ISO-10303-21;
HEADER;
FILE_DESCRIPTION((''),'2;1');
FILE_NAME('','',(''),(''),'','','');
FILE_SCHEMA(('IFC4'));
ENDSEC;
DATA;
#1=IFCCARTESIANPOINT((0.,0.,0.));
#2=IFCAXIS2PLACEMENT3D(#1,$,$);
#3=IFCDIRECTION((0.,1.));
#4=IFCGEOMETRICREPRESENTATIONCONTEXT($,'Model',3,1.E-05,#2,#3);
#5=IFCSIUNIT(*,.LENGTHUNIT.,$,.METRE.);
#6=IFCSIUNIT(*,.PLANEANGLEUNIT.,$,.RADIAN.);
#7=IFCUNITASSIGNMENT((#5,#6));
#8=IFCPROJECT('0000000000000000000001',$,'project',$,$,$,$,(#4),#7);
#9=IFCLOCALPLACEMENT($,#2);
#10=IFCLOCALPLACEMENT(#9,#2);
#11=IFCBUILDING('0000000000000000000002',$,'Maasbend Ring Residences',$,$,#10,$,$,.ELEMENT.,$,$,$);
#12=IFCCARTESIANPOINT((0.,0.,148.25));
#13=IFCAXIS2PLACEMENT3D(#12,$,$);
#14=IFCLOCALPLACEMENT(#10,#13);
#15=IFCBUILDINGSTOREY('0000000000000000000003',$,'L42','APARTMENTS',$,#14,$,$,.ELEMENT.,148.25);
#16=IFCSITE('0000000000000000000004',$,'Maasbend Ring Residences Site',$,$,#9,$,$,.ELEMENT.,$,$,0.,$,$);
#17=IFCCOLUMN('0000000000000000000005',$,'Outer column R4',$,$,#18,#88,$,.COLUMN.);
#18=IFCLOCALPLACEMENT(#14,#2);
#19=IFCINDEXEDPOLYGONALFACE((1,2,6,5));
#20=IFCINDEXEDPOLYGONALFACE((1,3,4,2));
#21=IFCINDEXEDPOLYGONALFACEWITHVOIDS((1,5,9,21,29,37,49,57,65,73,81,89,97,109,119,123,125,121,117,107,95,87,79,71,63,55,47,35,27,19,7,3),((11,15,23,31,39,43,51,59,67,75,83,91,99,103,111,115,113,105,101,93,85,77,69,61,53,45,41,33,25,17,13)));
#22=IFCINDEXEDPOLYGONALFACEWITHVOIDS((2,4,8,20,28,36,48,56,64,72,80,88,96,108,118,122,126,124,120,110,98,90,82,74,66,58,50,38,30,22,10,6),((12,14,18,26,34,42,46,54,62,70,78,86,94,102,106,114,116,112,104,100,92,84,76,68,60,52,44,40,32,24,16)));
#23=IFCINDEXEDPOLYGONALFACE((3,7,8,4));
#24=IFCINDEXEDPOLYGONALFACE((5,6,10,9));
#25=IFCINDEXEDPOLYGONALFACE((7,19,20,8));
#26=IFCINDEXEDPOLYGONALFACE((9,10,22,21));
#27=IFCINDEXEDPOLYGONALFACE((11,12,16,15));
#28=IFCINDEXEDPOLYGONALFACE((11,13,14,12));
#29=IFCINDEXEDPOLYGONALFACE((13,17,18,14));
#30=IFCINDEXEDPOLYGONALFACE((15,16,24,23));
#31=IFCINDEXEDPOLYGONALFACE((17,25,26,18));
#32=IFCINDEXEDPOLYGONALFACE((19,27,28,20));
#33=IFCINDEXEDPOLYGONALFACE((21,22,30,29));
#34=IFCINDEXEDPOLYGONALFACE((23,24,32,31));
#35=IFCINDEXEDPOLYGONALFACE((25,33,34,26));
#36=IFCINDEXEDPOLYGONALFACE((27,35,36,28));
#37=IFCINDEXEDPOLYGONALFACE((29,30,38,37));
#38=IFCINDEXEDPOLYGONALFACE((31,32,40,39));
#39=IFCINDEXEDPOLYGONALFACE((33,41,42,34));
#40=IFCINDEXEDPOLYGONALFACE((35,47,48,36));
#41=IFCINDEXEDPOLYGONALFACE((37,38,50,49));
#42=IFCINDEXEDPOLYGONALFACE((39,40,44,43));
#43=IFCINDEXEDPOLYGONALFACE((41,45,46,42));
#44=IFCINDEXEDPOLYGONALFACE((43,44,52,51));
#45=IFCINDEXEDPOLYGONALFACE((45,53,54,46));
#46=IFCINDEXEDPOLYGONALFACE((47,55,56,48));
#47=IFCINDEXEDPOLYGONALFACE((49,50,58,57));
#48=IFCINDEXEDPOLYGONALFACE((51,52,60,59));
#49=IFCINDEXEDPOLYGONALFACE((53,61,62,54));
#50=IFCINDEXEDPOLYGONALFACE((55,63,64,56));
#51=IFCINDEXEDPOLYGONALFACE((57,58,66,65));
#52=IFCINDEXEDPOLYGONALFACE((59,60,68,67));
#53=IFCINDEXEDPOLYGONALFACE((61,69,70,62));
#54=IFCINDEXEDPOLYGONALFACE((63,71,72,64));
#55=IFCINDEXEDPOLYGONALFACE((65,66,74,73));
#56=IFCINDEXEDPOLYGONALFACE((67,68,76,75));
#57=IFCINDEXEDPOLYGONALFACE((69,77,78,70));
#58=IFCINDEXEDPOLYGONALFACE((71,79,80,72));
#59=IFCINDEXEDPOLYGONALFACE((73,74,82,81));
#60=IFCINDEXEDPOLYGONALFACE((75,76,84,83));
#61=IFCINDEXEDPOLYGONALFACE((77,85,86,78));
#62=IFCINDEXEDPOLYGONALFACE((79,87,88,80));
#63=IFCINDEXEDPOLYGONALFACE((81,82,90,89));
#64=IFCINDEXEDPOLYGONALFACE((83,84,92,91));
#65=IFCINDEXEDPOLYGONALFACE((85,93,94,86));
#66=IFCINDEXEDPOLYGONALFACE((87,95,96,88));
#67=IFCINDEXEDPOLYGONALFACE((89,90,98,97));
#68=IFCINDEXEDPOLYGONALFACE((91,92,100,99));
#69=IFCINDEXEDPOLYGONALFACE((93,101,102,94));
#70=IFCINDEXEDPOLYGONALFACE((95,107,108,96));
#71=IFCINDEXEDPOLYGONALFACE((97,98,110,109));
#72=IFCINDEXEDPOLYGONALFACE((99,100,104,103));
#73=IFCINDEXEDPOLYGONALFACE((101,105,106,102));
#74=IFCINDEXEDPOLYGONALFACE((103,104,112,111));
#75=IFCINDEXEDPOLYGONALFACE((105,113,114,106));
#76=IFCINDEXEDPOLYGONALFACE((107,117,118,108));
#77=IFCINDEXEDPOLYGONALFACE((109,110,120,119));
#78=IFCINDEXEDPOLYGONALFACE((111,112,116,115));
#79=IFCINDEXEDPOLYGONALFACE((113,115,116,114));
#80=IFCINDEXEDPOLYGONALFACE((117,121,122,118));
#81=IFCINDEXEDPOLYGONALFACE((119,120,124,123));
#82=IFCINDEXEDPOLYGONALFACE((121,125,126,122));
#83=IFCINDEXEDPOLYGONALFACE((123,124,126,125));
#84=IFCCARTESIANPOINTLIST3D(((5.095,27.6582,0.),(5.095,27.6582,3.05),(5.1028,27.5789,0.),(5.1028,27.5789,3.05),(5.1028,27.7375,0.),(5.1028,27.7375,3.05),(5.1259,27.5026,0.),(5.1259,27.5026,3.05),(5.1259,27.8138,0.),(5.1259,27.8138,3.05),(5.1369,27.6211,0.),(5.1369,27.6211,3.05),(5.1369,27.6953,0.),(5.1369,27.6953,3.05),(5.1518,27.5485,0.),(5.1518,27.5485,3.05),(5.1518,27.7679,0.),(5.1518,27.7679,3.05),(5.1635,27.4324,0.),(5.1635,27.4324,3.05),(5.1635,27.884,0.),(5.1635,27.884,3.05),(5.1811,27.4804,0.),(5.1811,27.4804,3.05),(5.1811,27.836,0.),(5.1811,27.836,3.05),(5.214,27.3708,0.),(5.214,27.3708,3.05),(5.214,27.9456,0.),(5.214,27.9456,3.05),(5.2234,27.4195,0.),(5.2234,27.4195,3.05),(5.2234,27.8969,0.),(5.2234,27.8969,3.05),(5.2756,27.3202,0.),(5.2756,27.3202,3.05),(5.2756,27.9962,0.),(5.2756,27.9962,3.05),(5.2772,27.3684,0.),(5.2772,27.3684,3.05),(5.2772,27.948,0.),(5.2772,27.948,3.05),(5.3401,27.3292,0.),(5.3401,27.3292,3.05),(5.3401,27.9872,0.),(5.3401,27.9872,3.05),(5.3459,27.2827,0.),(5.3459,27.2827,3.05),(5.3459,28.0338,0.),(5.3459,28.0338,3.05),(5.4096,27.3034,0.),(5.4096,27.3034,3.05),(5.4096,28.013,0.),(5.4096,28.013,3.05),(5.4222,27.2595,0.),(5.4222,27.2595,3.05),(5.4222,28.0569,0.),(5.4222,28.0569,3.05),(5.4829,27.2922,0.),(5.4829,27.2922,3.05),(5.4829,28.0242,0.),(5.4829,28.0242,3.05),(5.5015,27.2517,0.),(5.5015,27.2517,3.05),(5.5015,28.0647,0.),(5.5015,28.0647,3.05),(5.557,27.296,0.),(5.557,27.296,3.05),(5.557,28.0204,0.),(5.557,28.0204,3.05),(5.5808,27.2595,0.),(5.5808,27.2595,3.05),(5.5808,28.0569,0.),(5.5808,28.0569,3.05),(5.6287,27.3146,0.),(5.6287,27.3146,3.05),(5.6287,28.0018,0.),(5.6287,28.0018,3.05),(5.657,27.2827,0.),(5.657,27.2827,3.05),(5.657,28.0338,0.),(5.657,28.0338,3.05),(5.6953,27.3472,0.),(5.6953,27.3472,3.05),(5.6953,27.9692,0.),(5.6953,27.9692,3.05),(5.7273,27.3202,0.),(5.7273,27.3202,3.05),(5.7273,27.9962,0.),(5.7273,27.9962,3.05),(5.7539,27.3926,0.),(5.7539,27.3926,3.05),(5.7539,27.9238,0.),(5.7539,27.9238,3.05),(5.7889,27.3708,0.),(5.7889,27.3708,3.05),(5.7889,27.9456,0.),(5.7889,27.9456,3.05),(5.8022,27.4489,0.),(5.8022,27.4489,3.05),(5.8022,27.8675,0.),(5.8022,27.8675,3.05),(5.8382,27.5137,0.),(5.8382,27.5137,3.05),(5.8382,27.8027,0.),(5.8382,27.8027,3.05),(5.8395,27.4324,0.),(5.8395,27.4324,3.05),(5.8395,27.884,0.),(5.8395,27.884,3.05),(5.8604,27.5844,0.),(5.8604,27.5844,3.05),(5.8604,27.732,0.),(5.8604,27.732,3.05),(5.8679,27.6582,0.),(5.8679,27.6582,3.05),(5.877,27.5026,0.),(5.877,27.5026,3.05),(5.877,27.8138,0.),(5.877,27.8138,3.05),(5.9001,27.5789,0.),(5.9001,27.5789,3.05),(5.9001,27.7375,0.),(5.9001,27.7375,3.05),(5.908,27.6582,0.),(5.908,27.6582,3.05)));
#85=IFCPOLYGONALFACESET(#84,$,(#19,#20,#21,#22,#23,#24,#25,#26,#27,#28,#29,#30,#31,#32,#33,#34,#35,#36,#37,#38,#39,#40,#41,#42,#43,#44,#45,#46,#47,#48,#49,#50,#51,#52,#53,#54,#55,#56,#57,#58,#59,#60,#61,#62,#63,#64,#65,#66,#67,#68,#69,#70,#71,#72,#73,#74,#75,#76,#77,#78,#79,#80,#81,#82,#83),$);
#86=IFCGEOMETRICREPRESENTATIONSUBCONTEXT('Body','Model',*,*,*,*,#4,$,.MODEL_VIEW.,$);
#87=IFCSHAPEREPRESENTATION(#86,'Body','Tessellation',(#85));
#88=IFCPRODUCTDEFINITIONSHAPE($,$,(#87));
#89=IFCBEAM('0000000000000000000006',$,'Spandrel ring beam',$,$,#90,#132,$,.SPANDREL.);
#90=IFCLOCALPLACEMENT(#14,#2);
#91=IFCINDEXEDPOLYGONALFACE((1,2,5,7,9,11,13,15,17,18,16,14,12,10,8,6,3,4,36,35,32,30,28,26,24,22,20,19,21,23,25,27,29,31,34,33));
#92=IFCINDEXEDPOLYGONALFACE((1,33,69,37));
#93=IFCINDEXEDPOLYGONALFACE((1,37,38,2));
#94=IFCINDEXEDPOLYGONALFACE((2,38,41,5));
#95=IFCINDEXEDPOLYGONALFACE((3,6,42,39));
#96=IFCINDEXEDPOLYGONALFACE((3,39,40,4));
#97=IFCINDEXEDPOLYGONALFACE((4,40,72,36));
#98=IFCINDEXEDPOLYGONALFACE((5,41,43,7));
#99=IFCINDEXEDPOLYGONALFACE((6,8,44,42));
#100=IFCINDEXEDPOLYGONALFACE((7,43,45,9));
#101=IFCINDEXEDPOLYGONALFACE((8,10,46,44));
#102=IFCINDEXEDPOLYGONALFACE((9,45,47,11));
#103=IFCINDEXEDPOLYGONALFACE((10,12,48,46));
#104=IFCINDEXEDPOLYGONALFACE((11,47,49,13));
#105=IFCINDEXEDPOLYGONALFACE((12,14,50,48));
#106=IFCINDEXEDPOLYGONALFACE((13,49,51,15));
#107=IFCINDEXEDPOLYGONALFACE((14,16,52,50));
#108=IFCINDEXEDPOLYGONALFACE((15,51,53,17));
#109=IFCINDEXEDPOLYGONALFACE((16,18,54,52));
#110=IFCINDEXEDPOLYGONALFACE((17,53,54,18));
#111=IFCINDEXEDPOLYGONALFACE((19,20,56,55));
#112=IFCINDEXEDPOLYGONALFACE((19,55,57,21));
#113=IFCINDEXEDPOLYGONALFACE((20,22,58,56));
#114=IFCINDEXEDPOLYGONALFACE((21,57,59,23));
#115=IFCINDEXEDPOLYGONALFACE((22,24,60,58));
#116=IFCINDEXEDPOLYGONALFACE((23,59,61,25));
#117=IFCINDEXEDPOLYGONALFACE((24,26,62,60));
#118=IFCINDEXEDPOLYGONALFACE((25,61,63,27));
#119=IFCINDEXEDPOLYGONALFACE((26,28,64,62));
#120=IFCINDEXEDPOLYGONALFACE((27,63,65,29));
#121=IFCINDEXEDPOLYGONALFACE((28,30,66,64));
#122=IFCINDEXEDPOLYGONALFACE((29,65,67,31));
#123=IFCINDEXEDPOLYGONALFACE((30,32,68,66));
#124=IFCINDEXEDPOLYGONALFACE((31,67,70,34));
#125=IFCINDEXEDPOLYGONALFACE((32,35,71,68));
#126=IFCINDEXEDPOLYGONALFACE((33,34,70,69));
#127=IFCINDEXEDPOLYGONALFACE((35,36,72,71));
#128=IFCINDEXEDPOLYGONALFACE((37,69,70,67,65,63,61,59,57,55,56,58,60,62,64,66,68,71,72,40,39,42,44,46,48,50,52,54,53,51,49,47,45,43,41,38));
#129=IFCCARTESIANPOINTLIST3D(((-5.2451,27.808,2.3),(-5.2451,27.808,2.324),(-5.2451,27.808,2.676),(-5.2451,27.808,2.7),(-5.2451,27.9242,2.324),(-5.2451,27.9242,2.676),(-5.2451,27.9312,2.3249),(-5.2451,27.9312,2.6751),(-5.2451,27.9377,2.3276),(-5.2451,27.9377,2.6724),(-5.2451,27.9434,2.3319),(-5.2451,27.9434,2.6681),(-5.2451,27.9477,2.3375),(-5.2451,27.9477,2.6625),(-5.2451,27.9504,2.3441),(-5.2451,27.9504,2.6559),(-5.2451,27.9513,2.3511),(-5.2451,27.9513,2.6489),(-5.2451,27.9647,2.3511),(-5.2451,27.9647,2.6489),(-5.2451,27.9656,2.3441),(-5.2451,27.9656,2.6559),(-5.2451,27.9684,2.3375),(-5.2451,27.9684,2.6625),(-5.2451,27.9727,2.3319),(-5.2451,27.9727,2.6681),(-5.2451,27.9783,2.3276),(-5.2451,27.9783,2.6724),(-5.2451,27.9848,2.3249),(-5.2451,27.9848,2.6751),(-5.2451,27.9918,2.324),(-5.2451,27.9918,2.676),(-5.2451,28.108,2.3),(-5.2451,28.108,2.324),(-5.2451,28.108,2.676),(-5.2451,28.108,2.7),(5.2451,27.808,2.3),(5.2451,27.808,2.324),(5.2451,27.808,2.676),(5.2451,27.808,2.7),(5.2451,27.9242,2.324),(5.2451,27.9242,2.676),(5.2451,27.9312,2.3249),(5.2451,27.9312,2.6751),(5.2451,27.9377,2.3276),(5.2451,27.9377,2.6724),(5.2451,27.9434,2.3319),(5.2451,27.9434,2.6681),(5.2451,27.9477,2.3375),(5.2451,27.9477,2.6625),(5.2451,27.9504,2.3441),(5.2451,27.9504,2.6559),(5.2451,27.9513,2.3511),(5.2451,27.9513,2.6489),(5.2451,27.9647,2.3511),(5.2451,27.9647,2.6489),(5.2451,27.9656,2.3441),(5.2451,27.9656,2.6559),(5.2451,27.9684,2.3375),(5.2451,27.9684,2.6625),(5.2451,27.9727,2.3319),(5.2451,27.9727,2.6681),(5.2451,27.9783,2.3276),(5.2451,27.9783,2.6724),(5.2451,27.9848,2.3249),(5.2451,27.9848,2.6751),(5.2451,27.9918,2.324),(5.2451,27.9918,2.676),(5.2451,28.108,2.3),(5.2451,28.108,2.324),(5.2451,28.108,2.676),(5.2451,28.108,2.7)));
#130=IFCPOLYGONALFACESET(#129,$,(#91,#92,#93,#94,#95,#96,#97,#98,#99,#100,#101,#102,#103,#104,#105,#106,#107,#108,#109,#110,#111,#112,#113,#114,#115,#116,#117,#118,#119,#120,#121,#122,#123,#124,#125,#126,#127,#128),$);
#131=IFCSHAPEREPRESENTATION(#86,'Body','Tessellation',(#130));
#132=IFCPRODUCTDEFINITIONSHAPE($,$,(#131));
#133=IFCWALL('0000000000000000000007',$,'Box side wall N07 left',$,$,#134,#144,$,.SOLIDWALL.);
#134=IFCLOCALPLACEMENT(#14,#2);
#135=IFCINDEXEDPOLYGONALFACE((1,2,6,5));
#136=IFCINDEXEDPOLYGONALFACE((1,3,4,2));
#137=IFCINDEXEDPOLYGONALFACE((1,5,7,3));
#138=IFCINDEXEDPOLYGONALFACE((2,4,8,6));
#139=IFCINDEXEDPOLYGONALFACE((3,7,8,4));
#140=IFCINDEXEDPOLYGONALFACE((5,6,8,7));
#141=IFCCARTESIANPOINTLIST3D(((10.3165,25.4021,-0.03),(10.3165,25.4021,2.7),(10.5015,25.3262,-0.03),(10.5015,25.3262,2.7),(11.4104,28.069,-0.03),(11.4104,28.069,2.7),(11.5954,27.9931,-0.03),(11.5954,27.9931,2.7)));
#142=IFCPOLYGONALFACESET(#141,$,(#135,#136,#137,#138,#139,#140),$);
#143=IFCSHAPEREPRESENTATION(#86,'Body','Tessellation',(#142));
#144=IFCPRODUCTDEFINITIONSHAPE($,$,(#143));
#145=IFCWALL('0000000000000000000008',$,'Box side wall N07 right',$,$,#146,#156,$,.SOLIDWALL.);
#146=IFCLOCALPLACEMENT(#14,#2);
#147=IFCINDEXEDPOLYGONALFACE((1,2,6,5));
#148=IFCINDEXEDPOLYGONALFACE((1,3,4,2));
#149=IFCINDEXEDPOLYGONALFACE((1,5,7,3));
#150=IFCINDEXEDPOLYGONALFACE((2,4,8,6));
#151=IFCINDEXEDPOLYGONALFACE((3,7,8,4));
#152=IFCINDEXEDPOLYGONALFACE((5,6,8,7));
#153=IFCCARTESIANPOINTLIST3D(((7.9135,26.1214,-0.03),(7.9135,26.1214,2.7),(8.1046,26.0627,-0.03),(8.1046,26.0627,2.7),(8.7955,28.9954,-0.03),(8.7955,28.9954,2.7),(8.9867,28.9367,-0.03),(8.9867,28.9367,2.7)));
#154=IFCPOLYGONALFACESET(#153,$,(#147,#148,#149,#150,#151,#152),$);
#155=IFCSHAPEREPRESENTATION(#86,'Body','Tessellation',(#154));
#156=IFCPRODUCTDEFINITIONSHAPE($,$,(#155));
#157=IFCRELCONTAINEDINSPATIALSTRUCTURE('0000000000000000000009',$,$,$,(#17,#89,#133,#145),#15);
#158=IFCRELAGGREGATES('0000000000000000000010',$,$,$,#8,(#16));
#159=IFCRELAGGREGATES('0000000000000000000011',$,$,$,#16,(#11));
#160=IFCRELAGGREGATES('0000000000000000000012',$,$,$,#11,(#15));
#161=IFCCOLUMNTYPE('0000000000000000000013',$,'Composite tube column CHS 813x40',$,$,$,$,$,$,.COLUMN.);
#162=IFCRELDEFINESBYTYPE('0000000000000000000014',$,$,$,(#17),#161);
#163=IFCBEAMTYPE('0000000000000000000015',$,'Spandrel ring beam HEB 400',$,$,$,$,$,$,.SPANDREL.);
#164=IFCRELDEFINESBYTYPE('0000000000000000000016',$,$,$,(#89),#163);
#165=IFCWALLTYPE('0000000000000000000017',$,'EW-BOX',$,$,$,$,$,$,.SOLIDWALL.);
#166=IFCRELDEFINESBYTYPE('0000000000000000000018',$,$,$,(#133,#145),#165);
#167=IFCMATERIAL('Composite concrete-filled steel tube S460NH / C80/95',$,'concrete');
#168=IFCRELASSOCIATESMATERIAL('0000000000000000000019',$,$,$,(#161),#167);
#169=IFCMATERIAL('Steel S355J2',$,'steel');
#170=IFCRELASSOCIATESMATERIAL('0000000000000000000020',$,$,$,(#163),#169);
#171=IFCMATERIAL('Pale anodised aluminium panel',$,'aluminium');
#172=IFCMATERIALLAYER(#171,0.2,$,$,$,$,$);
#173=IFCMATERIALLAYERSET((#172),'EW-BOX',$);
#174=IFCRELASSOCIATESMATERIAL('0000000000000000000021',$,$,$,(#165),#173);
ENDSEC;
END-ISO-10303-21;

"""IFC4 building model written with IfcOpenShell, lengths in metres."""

from ifc_helpers import new_model, si_unit, direction, frame, frame_2d, origin, origin_2d, place, context, subcontext, project, spatial, rectangle, hollow_circle, i_section, extrude, material, layer, layer_set, material_profile, profile_set, type_object, element, save


model = new_model("IFC4")

# Units and contexts
model_context = context("Model", 3, precision=1e-05, world=origin(), true_north=direction((0.0, 1.0)))
body_context = subcontext(model_context, "Body", "Model", "MODEL_VIEW")
ifc_project = project(units=[si_unit("LENGTHUNIT", "METRE"), si_unit("PLANEANGLEUNIT", "RADIAN")], contexts=[model_context])

# Site, building, storey
site_placement = place(None, origin())
site = spatial("IfcSite", under=ifc_project, at=site_placement, Name="Maasbend Ring Residences Site", CompositionType="ELEMENT", RefElevation=0.0)
building_placement = place(site_placement, origin())
building = spatial("IfcBuilding", under=site, at=building_placement, Name="Maasbend Ring Residences", CompositionType="ELEMENT")
storey_placement = place(building_placement, frame((0.0, 0.0, 148.25)))
storey = spatial("IfcBuildingStorey", under=building, at=storey_placement, Name="L42", Description="APARTMENTS", CompositionType="ELEMENT", Elevation=148.25)

# Column
ifc_material_1 = material(Name="Composite concrete-filled steel tube S460NH / C80/95", Category="concrete")
ifc_material_profile_1 = material_profile(ifc_material_1, hollow_circle(Radius=0.4065, WallThickness=0.04, at=origin_2d()), Name="Composite tube column CHS 813x40")
ifc_profile_set_1 = profile_set([ifc_material_profile_1], Name="Composite concrete-filled steel tube S460NH / C80/95")
column_type = type_object("IfcColumnType", Name="Composite tube column CHS 813x40", PredefinedType="COLUMN", material=ifc_profile_set_1)
column_placement = place(storey_placement, frame((5.5015, 27.6582, 0.0), z_axis=(0.0, 0.0, 1.0), x_axis=(1.0, 0.0, 0.0)))
element("IfcColumn", 1, at=column_placement, inside=storey, type_object=column_type, Name="Outer column R4", PredefinedType="COLUMN", context=body_context, shape_type="SweptSolid", body=[
    extrude(hollow_circle(Radius=0.4065, WallThickness=0.04, at=origin_2d()), origin(), (0.0, 0.0, 1.0), 3.05),
])

# Beam
ifc_material_2 = material(Name="Steel S355J2", Category="steel")
ifc_material_profile_2 = material_profile(ifc_material_2, i_section(OverallWidth=0.3, OverallDepth=0.3999, WebThickness=0.0134, FlangeThickness=0.0239, FilletRadius=0.0271, at=origin_2d()), Name="HEB 400")
ifc_profile_set_2 = profile_set([ifc_material_profile_2], Name="Steel S355J2")
beam_type = type_object("IfcBeamType", Name="Spandrel ring beam HEB 400", PredefinedType="SPANDREL", material=ifc_profile_set_2)
beam_placement = place(storey_placement, frame((5.2451, 27.958, 2.5), z_axis=(-1.0, 0.0, 0.0), x_axis=(0.0, -1.0, 0.0)))
element("IfcBeam", 2, at=beam_placement, inside=storey, type_object=beam_type, Name="Spandrel ring beam", PredefinedType="SPANDREL", context=body_context, shape_type="SweptSolid", body=[
    extrude(i_section(OverallWidth=0.3, OverallDepth=0.3999, WebThickness=0.0134, FlangeThickness=0.0239, FilletRadius=0.0271, at=origin_2d()), origin(), (0.0, 0.0, 1.0), 10.4902),
])

# Walls
ifc_material_3 = material(Name="Pale anodised aluminium panel", Category="aluminium")
ifc_layer_1 = layer(ifc_material_3, 0.2)
ifc_layer_set_1 = layer_set([ifc_layer_1], Name="EW-BOX")
wall_type_1 = type_object("IfcWallType", Name="EW-BOX", PredefinedType="SOLIDWALL", material=ifc_layer_set_1)
wall_1_placement = place(storey_placement, frame((10.4089, 25.364, -0.03), z_axis=(0.0, 0.0, 1.0), x_axis=(0.37951, 0.925188, 0.0)))
element("IfcWall", 3, at=wall_1_placement, inside=storey, type_object=wall_type_1, Name="Box side wall N07 left", PredefinedType="SOLIDWALL", context=body_context, shape_type="SweptSolid", body=[
    extrude(rectangle(XDim=2.8826, YDim=0.2, at=frame_2d((1.4414, 0.0))), origin(), (0.0, 0.0, 1.0), 2.73),
])
wall_2_placement = place(storey_placement, frame((8.009, 26.092, -0.03), z_axis=(0.0, 0.0, 1.0), x_axis=(0.293407, 0.955988, 0.0)))
element("IfcWall", 4, at=wall_2_placement, inside=storey, type_object=wall_type_1, Name="Box side wall N07 right", PredefinedType="SOLIDWALL", context=body_context, shape_type="SweptSolid", body=[
    extrude(rectangle(XDim=3.0063, YDim=0.2, at=frame_2d((1.5032, 0.0))), origin(), (0.0, 0.0, 1.0), 2.73),
])

save(model, "model.ifc")
